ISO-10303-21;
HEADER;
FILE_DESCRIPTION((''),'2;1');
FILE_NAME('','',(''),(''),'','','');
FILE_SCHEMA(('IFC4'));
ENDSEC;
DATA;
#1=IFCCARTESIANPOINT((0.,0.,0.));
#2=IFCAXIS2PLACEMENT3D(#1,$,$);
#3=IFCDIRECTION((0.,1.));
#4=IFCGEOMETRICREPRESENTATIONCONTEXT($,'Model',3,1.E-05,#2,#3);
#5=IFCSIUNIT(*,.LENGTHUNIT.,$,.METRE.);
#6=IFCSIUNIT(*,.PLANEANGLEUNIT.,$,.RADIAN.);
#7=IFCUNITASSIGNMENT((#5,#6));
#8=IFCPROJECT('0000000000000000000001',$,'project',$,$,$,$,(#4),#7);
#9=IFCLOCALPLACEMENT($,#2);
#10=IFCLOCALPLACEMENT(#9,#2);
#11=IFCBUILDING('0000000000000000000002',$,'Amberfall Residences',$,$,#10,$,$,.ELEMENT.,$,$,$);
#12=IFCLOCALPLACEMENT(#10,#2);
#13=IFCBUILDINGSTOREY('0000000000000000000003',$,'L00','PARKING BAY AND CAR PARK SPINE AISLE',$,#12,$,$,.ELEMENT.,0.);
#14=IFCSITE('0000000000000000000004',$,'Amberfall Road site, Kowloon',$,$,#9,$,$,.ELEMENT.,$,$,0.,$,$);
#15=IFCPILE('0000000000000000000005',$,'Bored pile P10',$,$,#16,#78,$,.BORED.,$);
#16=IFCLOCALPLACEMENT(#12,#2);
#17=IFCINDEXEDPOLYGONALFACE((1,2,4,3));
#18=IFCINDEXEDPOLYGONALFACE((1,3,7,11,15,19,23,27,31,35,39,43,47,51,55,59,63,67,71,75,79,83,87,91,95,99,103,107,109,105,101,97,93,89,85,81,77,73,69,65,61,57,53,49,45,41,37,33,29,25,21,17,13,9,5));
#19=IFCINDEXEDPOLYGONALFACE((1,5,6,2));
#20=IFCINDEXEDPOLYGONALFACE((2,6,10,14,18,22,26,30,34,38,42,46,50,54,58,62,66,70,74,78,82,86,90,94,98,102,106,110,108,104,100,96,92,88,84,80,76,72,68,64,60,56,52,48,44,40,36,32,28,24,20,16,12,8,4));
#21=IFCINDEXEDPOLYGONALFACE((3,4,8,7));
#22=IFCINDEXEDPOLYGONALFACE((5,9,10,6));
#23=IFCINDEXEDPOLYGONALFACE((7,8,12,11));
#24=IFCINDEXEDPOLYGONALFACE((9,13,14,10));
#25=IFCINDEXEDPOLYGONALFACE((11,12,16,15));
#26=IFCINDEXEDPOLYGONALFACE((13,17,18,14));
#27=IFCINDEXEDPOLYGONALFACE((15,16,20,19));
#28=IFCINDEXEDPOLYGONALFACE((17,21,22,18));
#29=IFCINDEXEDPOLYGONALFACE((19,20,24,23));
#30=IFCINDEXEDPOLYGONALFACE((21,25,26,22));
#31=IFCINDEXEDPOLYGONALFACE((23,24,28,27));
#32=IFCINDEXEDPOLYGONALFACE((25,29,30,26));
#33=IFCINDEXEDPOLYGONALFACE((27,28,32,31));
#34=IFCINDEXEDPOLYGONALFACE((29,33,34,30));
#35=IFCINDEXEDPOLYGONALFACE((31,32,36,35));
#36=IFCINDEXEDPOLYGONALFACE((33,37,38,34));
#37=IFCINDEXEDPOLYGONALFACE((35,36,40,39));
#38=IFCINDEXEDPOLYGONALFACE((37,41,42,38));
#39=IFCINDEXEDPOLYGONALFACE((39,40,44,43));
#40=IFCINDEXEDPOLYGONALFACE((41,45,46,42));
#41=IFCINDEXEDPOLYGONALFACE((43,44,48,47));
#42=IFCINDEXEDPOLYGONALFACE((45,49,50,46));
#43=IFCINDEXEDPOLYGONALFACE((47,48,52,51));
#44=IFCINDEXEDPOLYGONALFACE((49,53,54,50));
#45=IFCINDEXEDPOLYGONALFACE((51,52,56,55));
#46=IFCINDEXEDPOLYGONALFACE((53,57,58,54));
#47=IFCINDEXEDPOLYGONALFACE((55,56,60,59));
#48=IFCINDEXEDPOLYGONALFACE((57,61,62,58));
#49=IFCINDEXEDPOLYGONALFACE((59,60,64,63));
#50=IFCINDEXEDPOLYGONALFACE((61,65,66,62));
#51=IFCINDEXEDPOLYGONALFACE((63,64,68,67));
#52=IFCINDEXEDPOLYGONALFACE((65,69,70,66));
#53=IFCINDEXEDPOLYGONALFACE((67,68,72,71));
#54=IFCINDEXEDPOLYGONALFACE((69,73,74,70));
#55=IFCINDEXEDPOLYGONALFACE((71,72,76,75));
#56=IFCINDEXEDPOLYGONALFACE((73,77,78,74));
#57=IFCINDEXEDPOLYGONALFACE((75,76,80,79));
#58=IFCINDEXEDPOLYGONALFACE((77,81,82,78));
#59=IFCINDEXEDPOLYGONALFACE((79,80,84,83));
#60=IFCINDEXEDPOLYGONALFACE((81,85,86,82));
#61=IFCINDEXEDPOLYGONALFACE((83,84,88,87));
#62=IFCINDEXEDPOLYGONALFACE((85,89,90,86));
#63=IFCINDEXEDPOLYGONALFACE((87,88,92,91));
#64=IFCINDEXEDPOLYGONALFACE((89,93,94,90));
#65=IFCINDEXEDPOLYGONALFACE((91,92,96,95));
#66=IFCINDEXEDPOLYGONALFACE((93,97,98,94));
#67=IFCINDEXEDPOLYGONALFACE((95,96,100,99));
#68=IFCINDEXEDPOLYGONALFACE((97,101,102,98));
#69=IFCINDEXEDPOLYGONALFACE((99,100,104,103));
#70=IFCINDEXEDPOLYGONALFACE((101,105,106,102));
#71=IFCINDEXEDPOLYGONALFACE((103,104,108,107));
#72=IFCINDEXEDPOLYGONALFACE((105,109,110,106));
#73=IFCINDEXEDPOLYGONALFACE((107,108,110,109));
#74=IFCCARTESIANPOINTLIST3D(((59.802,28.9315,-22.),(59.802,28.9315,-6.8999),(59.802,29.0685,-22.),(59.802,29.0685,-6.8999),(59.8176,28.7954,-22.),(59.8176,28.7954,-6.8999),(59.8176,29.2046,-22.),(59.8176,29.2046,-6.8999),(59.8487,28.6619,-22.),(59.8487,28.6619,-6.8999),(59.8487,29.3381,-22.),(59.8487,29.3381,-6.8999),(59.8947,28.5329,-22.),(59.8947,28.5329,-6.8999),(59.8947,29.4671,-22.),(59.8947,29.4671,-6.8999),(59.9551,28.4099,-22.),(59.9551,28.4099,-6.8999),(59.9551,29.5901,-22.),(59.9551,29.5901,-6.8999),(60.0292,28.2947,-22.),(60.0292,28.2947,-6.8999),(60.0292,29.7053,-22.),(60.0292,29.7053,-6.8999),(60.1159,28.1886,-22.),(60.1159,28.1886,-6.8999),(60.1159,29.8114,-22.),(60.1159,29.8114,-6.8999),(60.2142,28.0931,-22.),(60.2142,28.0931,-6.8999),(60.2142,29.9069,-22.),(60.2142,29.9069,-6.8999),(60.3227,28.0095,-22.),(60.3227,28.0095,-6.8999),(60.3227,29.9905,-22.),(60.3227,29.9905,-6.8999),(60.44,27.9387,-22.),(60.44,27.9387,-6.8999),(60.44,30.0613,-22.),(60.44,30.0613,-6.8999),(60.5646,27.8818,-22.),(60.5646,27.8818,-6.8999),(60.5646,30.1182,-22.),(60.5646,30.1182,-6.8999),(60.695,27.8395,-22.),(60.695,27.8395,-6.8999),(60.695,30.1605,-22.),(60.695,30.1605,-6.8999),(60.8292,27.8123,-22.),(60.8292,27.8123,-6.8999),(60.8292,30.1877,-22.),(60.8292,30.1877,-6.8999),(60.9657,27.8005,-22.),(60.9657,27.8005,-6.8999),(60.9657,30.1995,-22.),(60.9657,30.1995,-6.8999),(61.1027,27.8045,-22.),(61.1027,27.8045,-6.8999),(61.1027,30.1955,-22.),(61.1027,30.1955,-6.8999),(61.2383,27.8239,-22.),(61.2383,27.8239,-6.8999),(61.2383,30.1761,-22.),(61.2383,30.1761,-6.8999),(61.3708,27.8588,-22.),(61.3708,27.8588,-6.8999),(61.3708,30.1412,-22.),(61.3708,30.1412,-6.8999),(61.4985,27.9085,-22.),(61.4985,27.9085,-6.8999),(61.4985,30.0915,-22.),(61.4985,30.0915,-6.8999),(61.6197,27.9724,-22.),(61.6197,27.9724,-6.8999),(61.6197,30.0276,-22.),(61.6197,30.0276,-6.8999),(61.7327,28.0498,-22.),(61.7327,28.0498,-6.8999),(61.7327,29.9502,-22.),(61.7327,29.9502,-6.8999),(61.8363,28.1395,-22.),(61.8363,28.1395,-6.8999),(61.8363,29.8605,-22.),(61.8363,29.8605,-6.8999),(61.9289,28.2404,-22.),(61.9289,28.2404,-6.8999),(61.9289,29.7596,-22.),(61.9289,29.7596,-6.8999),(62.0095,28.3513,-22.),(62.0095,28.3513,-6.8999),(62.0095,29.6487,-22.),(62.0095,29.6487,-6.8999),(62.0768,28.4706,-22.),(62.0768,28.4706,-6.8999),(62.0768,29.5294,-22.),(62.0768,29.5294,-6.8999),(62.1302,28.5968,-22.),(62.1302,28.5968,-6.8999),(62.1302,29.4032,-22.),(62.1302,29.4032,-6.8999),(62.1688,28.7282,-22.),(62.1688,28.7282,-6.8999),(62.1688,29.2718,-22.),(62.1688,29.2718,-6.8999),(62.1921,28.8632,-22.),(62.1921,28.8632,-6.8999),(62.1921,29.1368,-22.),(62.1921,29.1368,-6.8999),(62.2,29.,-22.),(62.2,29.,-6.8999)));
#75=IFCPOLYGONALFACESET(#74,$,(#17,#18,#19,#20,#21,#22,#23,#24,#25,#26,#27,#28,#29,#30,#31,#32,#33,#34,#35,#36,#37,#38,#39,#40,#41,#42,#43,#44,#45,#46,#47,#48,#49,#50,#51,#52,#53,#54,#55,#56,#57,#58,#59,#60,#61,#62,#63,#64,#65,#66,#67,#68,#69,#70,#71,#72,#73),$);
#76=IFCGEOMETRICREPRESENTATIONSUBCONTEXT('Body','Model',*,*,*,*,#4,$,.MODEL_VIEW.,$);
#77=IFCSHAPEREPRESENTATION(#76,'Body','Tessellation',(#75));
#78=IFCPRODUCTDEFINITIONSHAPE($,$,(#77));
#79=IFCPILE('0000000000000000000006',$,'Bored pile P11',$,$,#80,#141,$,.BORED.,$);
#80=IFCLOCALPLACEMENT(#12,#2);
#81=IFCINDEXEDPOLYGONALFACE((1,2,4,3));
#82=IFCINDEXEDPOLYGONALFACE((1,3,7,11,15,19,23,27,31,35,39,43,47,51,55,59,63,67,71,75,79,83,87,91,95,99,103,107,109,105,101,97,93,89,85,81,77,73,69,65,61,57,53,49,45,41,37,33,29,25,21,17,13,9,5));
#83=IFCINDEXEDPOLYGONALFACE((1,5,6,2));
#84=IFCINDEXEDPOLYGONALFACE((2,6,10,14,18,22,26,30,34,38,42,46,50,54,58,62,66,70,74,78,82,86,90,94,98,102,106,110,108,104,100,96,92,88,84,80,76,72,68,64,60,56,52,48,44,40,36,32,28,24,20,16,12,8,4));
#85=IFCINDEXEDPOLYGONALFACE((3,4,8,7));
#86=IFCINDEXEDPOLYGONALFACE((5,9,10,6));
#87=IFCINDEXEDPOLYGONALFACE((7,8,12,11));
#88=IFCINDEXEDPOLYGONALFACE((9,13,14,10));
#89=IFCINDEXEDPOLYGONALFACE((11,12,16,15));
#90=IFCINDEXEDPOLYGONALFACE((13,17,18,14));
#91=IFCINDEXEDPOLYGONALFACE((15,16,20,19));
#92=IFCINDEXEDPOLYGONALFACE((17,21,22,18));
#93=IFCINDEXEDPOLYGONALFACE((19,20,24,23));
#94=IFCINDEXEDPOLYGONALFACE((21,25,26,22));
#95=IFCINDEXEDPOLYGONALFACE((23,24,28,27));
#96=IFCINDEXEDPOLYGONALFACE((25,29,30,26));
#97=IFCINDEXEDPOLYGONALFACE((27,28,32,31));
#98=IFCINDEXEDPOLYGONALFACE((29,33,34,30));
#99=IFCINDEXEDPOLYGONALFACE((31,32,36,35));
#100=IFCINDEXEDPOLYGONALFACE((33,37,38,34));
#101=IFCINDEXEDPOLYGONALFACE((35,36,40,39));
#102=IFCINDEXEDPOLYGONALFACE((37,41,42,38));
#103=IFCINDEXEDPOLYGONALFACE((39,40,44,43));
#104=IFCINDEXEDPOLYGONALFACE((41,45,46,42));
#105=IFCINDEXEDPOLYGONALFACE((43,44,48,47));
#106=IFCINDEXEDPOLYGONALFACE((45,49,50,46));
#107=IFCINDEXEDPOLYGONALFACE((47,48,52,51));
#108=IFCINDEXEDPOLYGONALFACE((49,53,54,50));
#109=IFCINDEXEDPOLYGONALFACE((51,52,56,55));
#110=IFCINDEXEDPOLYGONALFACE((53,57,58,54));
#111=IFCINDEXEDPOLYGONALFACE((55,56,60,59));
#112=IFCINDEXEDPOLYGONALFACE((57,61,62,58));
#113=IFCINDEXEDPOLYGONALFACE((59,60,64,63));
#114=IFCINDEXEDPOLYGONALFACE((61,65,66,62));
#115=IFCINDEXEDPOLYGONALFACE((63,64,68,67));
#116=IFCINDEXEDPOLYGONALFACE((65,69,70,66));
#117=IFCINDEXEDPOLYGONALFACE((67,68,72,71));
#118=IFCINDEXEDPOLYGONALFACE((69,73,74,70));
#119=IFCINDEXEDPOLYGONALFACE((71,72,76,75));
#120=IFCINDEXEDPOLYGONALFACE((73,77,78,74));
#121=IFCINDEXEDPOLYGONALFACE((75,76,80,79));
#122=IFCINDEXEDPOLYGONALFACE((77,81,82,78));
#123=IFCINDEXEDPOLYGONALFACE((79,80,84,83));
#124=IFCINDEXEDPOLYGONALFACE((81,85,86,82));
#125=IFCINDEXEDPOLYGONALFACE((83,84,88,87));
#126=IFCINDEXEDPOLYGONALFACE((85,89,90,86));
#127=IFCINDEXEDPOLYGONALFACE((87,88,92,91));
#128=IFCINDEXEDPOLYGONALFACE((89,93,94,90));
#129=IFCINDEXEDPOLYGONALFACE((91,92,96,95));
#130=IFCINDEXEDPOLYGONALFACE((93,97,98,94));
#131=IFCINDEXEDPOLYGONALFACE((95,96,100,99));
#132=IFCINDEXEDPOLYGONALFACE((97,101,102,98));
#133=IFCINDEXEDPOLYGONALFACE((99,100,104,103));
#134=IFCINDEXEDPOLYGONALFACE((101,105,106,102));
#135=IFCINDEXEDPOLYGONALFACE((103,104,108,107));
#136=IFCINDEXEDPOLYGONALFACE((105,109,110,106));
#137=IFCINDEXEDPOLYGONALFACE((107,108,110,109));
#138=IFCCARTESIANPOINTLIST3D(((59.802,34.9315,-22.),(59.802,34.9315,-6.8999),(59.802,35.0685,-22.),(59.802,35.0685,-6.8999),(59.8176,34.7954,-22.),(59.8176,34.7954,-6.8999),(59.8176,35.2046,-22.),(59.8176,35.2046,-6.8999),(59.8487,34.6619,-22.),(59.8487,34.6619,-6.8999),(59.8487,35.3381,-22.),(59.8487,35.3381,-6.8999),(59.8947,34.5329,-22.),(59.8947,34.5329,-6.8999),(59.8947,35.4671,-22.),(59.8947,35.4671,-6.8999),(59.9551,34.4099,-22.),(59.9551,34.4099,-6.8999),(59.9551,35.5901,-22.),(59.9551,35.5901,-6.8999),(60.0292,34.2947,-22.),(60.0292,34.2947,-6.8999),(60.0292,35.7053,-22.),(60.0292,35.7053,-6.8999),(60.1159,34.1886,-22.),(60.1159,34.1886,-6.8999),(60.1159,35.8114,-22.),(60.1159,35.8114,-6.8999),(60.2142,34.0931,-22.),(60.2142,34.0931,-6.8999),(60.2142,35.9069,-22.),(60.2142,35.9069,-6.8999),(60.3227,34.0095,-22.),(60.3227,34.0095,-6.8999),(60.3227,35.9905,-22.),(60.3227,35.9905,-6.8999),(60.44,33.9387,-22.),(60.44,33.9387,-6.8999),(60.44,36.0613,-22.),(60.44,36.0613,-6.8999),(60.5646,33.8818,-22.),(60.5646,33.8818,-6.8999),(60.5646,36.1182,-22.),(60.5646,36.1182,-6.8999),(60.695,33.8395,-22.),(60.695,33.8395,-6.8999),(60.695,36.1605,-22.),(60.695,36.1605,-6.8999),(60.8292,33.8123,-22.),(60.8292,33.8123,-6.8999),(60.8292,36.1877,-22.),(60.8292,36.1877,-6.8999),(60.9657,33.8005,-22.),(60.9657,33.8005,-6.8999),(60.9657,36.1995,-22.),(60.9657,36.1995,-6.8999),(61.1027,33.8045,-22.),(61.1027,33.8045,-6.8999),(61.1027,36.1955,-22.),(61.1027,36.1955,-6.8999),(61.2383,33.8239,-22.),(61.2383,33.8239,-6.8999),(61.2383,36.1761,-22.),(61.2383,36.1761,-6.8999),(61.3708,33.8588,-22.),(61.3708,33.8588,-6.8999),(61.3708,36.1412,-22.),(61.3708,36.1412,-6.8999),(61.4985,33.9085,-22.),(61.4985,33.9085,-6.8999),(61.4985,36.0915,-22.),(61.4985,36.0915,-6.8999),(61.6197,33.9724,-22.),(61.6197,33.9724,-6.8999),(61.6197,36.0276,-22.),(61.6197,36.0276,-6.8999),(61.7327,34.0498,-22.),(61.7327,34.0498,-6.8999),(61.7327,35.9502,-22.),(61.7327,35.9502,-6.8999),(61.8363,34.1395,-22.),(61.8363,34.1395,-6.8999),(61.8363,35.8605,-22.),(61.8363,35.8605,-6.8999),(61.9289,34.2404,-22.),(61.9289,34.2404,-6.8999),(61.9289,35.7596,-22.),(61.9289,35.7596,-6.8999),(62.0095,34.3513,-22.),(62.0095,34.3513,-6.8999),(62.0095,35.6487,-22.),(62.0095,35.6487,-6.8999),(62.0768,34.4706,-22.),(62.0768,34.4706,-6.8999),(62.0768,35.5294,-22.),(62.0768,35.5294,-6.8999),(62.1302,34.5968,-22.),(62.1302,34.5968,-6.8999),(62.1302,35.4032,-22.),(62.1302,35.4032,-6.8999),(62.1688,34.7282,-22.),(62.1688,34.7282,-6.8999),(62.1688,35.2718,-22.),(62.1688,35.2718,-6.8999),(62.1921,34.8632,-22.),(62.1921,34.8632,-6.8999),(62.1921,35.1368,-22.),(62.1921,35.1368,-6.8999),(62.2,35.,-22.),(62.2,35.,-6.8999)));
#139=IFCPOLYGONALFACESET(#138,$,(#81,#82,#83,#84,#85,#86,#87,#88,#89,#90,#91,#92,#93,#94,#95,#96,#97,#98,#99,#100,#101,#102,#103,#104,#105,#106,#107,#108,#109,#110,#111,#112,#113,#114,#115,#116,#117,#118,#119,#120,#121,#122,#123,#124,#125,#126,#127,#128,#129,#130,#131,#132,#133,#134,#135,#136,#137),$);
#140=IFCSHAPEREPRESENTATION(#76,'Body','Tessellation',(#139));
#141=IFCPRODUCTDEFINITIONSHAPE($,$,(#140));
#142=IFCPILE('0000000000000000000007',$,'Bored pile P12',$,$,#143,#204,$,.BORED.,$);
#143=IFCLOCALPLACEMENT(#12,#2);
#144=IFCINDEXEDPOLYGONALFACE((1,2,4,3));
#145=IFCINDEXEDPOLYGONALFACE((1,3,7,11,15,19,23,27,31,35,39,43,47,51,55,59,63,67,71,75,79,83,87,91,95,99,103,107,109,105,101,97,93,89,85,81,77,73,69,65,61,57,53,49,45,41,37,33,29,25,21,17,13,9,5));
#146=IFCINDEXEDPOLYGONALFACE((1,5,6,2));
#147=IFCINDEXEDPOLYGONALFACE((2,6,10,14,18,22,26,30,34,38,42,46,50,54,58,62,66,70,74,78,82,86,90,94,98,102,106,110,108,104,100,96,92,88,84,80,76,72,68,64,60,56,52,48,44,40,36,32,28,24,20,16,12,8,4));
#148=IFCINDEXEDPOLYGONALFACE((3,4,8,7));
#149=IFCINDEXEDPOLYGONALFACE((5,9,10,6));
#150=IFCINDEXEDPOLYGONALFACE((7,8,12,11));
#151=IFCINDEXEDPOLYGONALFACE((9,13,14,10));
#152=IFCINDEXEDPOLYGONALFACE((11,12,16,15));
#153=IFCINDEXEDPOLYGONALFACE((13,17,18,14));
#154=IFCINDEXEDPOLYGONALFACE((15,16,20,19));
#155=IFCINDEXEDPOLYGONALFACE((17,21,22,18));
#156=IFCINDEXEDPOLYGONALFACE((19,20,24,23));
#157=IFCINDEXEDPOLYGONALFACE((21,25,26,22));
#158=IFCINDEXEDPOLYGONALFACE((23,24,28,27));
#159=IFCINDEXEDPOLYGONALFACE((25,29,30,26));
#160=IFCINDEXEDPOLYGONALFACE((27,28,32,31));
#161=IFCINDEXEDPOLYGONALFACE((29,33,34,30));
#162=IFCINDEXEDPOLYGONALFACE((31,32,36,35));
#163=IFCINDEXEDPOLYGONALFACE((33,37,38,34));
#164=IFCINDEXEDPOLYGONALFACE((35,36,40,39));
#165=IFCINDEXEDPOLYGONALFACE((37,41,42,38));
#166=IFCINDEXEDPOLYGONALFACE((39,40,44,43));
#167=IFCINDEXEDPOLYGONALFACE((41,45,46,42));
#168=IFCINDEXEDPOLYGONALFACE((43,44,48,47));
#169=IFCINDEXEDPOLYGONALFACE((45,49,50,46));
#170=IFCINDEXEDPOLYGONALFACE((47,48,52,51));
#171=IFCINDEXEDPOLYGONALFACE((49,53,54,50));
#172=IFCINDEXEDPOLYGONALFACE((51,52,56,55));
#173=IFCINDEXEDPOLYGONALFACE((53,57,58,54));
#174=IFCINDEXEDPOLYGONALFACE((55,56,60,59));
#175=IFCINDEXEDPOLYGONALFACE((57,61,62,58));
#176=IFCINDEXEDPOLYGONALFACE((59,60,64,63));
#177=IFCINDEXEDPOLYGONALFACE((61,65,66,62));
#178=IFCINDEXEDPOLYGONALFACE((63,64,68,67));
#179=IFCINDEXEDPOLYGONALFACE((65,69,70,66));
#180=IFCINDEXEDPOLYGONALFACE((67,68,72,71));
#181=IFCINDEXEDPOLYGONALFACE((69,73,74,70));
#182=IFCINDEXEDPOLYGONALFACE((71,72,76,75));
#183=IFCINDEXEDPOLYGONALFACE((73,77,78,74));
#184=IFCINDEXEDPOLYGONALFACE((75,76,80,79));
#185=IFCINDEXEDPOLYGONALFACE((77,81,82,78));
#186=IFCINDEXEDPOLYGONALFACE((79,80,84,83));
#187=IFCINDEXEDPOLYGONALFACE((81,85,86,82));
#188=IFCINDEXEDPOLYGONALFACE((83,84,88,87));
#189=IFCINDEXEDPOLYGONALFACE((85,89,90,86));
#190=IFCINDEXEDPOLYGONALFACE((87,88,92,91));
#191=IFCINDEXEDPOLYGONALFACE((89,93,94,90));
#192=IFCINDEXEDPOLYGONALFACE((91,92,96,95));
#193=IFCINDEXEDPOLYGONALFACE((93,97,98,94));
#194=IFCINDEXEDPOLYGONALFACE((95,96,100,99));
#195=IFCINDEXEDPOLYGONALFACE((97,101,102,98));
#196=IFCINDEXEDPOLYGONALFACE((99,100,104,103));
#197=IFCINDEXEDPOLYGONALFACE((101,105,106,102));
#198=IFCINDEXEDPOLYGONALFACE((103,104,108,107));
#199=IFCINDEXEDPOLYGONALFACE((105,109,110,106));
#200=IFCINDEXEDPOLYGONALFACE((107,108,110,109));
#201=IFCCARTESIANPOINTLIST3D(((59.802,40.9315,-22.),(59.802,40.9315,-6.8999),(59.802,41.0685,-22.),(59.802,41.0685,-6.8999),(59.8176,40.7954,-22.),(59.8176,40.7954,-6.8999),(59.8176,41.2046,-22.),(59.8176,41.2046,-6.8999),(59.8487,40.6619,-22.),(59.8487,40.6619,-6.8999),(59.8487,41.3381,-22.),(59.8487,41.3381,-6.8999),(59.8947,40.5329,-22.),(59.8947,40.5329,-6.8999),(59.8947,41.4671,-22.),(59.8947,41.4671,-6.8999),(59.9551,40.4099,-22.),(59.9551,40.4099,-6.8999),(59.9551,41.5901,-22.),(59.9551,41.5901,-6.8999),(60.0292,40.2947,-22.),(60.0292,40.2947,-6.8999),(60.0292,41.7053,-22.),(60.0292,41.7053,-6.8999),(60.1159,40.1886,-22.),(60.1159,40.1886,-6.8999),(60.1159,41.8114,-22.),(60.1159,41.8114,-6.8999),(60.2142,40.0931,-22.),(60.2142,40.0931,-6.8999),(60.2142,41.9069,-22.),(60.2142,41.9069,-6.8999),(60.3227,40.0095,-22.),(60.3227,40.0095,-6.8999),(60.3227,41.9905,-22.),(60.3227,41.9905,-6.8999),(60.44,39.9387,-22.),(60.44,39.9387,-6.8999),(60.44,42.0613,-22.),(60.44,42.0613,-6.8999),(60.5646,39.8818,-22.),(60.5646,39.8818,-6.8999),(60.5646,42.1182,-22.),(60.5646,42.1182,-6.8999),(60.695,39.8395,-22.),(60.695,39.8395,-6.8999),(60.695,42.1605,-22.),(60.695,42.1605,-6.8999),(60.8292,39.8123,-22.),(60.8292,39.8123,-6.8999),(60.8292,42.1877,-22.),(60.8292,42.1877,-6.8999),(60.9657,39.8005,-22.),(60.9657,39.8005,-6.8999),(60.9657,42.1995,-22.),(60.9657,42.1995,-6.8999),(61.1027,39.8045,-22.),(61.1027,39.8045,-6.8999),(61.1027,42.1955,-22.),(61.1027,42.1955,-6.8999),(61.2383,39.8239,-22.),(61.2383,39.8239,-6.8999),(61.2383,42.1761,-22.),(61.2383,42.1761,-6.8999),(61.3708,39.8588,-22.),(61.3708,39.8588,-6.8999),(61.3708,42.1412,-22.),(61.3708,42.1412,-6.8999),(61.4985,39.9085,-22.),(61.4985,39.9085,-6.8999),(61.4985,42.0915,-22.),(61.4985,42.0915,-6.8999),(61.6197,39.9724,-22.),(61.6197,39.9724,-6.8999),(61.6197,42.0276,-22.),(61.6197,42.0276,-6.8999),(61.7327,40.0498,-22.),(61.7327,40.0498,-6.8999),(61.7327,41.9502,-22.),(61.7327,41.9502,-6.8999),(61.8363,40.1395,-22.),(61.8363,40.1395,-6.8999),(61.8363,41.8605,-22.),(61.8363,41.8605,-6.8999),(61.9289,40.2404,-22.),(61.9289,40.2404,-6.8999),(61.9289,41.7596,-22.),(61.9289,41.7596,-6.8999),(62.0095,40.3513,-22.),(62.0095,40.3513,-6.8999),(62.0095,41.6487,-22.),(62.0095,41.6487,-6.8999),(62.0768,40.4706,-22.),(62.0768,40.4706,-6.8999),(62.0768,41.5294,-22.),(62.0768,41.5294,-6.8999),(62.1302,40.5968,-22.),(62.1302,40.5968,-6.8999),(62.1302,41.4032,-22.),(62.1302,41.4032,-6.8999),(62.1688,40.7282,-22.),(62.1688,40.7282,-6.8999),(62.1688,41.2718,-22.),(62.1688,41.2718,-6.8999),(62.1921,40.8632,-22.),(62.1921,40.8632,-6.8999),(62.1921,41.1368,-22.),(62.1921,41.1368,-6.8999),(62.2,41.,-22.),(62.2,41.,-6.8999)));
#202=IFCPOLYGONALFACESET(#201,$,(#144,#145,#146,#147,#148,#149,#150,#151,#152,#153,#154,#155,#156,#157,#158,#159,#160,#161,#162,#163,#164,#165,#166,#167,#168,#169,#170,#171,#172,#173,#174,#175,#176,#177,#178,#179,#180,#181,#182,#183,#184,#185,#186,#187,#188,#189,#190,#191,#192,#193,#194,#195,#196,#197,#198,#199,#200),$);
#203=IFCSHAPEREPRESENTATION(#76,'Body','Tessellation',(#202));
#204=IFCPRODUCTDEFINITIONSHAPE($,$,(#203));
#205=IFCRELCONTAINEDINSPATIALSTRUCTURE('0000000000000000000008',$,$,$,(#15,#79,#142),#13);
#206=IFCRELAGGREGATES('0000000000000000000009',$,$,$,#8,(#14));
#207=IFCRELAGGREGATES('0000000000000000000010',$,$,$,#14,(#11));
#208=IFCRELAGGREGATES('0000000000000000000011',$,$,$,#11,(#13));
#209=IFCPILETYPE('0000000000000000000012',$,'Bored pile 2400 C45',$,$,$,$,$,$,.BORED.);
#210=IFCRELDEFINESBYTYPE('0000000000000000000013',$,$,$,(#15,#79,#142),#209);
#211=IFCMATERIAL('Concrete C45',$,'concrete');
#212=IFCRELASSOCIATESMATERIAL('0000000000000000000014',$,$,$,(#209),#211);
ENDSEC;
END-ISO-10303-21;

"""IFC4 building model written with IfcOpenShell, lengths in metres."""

from ifc_helpers import new_model, si_unit, direction, frame, origin, origin_2d, place, context, subcontext, project, spatial, circle, extrude, material, material_profile, profile_set, type_object, element, save


model = new_model("IFC4")

# Units and contexts
model_context = context("Model", 3, precision=1e-05, world=origin(), true_north=direction((0.0, 1.0)))
body_context = subcontext(model_context, "Body", "Model", "MODEL_VIEW")
ifc_project = project(units=[si_unit("LENGTHUNIT", "METRE"), si_unit("PLANEANGLEUNIT", "RADIAN")], contexts=[model_context])

# Site, building, storey
site_placement = place(None, origin())
site = spatial("IfcSite", under=ifc_project, at=site_placement, Name="Amberfall Road site, Kowloon", CompositionType="ELEMENT", RefElevation=0.0)
building_placement = place(site_placement, origin())
building = spatial("IfcBuilding", under=site, at=building_placement, Name="Amberfall Residences", CompositionType="ELEMENT")
storey_placement = place(building_placement, origin())
storey = spatial("IfcBuildingStorey", under=building, at=storey_placement, Name="L00", Description="PARKING BAY AND CAR PARK SPINE AISLE", CompositionType="ELEMENT", Elevation=0.0)

# Piles
ifc_material_1 = material(Name="Concrete C45", Category="concrete")
ifc_material_profile = material_profile(ifc_material_1, circle(Radius=1.2, at=origin_2d()), Name="Bored pile 2400 C45")
ifc_profile_set = profile_set([ifc_material_profile], Name="Concrete C45")
pile_type = type_object("IfcPileType", Name="Bored pile 2400 C45", PredefinedType="BORED", material=ifc_profile_set)
for number, where, z_axis, x_axis, name in (
    (1, (61.0, 29.0, -6.8999), (0.0, 0.0, -1.0), (1.0, 0.0, 0.0), "Bored pile P10"),
    (2, (61.0, 35.0, -6.8999), (0.0, 0.0, -1.0), (1.0, 0.0, 0.0), "Bored pile P11"),
    (3, (61.0, 41.0, -6.8999), (0.0, 0.0, -1.0), (1.0, 0.0, 0.0), "Bored pile P12"),
):
    element("IfcPile", number, at=place(storey_placement, frame(where, z_axis=z_axis, x_axis=x_axis)), inside=storey, type_object=pile_type, Name=name, PredefinedType="BORED", context=body_context, shape_type="SweptSolid", body=[
        extrude(circle(Radius=1.2, at=origin_2d()), origin(), (0.0, 0.0, 1.0), 15.1001),
    ])

save(model, "model.ifc")
